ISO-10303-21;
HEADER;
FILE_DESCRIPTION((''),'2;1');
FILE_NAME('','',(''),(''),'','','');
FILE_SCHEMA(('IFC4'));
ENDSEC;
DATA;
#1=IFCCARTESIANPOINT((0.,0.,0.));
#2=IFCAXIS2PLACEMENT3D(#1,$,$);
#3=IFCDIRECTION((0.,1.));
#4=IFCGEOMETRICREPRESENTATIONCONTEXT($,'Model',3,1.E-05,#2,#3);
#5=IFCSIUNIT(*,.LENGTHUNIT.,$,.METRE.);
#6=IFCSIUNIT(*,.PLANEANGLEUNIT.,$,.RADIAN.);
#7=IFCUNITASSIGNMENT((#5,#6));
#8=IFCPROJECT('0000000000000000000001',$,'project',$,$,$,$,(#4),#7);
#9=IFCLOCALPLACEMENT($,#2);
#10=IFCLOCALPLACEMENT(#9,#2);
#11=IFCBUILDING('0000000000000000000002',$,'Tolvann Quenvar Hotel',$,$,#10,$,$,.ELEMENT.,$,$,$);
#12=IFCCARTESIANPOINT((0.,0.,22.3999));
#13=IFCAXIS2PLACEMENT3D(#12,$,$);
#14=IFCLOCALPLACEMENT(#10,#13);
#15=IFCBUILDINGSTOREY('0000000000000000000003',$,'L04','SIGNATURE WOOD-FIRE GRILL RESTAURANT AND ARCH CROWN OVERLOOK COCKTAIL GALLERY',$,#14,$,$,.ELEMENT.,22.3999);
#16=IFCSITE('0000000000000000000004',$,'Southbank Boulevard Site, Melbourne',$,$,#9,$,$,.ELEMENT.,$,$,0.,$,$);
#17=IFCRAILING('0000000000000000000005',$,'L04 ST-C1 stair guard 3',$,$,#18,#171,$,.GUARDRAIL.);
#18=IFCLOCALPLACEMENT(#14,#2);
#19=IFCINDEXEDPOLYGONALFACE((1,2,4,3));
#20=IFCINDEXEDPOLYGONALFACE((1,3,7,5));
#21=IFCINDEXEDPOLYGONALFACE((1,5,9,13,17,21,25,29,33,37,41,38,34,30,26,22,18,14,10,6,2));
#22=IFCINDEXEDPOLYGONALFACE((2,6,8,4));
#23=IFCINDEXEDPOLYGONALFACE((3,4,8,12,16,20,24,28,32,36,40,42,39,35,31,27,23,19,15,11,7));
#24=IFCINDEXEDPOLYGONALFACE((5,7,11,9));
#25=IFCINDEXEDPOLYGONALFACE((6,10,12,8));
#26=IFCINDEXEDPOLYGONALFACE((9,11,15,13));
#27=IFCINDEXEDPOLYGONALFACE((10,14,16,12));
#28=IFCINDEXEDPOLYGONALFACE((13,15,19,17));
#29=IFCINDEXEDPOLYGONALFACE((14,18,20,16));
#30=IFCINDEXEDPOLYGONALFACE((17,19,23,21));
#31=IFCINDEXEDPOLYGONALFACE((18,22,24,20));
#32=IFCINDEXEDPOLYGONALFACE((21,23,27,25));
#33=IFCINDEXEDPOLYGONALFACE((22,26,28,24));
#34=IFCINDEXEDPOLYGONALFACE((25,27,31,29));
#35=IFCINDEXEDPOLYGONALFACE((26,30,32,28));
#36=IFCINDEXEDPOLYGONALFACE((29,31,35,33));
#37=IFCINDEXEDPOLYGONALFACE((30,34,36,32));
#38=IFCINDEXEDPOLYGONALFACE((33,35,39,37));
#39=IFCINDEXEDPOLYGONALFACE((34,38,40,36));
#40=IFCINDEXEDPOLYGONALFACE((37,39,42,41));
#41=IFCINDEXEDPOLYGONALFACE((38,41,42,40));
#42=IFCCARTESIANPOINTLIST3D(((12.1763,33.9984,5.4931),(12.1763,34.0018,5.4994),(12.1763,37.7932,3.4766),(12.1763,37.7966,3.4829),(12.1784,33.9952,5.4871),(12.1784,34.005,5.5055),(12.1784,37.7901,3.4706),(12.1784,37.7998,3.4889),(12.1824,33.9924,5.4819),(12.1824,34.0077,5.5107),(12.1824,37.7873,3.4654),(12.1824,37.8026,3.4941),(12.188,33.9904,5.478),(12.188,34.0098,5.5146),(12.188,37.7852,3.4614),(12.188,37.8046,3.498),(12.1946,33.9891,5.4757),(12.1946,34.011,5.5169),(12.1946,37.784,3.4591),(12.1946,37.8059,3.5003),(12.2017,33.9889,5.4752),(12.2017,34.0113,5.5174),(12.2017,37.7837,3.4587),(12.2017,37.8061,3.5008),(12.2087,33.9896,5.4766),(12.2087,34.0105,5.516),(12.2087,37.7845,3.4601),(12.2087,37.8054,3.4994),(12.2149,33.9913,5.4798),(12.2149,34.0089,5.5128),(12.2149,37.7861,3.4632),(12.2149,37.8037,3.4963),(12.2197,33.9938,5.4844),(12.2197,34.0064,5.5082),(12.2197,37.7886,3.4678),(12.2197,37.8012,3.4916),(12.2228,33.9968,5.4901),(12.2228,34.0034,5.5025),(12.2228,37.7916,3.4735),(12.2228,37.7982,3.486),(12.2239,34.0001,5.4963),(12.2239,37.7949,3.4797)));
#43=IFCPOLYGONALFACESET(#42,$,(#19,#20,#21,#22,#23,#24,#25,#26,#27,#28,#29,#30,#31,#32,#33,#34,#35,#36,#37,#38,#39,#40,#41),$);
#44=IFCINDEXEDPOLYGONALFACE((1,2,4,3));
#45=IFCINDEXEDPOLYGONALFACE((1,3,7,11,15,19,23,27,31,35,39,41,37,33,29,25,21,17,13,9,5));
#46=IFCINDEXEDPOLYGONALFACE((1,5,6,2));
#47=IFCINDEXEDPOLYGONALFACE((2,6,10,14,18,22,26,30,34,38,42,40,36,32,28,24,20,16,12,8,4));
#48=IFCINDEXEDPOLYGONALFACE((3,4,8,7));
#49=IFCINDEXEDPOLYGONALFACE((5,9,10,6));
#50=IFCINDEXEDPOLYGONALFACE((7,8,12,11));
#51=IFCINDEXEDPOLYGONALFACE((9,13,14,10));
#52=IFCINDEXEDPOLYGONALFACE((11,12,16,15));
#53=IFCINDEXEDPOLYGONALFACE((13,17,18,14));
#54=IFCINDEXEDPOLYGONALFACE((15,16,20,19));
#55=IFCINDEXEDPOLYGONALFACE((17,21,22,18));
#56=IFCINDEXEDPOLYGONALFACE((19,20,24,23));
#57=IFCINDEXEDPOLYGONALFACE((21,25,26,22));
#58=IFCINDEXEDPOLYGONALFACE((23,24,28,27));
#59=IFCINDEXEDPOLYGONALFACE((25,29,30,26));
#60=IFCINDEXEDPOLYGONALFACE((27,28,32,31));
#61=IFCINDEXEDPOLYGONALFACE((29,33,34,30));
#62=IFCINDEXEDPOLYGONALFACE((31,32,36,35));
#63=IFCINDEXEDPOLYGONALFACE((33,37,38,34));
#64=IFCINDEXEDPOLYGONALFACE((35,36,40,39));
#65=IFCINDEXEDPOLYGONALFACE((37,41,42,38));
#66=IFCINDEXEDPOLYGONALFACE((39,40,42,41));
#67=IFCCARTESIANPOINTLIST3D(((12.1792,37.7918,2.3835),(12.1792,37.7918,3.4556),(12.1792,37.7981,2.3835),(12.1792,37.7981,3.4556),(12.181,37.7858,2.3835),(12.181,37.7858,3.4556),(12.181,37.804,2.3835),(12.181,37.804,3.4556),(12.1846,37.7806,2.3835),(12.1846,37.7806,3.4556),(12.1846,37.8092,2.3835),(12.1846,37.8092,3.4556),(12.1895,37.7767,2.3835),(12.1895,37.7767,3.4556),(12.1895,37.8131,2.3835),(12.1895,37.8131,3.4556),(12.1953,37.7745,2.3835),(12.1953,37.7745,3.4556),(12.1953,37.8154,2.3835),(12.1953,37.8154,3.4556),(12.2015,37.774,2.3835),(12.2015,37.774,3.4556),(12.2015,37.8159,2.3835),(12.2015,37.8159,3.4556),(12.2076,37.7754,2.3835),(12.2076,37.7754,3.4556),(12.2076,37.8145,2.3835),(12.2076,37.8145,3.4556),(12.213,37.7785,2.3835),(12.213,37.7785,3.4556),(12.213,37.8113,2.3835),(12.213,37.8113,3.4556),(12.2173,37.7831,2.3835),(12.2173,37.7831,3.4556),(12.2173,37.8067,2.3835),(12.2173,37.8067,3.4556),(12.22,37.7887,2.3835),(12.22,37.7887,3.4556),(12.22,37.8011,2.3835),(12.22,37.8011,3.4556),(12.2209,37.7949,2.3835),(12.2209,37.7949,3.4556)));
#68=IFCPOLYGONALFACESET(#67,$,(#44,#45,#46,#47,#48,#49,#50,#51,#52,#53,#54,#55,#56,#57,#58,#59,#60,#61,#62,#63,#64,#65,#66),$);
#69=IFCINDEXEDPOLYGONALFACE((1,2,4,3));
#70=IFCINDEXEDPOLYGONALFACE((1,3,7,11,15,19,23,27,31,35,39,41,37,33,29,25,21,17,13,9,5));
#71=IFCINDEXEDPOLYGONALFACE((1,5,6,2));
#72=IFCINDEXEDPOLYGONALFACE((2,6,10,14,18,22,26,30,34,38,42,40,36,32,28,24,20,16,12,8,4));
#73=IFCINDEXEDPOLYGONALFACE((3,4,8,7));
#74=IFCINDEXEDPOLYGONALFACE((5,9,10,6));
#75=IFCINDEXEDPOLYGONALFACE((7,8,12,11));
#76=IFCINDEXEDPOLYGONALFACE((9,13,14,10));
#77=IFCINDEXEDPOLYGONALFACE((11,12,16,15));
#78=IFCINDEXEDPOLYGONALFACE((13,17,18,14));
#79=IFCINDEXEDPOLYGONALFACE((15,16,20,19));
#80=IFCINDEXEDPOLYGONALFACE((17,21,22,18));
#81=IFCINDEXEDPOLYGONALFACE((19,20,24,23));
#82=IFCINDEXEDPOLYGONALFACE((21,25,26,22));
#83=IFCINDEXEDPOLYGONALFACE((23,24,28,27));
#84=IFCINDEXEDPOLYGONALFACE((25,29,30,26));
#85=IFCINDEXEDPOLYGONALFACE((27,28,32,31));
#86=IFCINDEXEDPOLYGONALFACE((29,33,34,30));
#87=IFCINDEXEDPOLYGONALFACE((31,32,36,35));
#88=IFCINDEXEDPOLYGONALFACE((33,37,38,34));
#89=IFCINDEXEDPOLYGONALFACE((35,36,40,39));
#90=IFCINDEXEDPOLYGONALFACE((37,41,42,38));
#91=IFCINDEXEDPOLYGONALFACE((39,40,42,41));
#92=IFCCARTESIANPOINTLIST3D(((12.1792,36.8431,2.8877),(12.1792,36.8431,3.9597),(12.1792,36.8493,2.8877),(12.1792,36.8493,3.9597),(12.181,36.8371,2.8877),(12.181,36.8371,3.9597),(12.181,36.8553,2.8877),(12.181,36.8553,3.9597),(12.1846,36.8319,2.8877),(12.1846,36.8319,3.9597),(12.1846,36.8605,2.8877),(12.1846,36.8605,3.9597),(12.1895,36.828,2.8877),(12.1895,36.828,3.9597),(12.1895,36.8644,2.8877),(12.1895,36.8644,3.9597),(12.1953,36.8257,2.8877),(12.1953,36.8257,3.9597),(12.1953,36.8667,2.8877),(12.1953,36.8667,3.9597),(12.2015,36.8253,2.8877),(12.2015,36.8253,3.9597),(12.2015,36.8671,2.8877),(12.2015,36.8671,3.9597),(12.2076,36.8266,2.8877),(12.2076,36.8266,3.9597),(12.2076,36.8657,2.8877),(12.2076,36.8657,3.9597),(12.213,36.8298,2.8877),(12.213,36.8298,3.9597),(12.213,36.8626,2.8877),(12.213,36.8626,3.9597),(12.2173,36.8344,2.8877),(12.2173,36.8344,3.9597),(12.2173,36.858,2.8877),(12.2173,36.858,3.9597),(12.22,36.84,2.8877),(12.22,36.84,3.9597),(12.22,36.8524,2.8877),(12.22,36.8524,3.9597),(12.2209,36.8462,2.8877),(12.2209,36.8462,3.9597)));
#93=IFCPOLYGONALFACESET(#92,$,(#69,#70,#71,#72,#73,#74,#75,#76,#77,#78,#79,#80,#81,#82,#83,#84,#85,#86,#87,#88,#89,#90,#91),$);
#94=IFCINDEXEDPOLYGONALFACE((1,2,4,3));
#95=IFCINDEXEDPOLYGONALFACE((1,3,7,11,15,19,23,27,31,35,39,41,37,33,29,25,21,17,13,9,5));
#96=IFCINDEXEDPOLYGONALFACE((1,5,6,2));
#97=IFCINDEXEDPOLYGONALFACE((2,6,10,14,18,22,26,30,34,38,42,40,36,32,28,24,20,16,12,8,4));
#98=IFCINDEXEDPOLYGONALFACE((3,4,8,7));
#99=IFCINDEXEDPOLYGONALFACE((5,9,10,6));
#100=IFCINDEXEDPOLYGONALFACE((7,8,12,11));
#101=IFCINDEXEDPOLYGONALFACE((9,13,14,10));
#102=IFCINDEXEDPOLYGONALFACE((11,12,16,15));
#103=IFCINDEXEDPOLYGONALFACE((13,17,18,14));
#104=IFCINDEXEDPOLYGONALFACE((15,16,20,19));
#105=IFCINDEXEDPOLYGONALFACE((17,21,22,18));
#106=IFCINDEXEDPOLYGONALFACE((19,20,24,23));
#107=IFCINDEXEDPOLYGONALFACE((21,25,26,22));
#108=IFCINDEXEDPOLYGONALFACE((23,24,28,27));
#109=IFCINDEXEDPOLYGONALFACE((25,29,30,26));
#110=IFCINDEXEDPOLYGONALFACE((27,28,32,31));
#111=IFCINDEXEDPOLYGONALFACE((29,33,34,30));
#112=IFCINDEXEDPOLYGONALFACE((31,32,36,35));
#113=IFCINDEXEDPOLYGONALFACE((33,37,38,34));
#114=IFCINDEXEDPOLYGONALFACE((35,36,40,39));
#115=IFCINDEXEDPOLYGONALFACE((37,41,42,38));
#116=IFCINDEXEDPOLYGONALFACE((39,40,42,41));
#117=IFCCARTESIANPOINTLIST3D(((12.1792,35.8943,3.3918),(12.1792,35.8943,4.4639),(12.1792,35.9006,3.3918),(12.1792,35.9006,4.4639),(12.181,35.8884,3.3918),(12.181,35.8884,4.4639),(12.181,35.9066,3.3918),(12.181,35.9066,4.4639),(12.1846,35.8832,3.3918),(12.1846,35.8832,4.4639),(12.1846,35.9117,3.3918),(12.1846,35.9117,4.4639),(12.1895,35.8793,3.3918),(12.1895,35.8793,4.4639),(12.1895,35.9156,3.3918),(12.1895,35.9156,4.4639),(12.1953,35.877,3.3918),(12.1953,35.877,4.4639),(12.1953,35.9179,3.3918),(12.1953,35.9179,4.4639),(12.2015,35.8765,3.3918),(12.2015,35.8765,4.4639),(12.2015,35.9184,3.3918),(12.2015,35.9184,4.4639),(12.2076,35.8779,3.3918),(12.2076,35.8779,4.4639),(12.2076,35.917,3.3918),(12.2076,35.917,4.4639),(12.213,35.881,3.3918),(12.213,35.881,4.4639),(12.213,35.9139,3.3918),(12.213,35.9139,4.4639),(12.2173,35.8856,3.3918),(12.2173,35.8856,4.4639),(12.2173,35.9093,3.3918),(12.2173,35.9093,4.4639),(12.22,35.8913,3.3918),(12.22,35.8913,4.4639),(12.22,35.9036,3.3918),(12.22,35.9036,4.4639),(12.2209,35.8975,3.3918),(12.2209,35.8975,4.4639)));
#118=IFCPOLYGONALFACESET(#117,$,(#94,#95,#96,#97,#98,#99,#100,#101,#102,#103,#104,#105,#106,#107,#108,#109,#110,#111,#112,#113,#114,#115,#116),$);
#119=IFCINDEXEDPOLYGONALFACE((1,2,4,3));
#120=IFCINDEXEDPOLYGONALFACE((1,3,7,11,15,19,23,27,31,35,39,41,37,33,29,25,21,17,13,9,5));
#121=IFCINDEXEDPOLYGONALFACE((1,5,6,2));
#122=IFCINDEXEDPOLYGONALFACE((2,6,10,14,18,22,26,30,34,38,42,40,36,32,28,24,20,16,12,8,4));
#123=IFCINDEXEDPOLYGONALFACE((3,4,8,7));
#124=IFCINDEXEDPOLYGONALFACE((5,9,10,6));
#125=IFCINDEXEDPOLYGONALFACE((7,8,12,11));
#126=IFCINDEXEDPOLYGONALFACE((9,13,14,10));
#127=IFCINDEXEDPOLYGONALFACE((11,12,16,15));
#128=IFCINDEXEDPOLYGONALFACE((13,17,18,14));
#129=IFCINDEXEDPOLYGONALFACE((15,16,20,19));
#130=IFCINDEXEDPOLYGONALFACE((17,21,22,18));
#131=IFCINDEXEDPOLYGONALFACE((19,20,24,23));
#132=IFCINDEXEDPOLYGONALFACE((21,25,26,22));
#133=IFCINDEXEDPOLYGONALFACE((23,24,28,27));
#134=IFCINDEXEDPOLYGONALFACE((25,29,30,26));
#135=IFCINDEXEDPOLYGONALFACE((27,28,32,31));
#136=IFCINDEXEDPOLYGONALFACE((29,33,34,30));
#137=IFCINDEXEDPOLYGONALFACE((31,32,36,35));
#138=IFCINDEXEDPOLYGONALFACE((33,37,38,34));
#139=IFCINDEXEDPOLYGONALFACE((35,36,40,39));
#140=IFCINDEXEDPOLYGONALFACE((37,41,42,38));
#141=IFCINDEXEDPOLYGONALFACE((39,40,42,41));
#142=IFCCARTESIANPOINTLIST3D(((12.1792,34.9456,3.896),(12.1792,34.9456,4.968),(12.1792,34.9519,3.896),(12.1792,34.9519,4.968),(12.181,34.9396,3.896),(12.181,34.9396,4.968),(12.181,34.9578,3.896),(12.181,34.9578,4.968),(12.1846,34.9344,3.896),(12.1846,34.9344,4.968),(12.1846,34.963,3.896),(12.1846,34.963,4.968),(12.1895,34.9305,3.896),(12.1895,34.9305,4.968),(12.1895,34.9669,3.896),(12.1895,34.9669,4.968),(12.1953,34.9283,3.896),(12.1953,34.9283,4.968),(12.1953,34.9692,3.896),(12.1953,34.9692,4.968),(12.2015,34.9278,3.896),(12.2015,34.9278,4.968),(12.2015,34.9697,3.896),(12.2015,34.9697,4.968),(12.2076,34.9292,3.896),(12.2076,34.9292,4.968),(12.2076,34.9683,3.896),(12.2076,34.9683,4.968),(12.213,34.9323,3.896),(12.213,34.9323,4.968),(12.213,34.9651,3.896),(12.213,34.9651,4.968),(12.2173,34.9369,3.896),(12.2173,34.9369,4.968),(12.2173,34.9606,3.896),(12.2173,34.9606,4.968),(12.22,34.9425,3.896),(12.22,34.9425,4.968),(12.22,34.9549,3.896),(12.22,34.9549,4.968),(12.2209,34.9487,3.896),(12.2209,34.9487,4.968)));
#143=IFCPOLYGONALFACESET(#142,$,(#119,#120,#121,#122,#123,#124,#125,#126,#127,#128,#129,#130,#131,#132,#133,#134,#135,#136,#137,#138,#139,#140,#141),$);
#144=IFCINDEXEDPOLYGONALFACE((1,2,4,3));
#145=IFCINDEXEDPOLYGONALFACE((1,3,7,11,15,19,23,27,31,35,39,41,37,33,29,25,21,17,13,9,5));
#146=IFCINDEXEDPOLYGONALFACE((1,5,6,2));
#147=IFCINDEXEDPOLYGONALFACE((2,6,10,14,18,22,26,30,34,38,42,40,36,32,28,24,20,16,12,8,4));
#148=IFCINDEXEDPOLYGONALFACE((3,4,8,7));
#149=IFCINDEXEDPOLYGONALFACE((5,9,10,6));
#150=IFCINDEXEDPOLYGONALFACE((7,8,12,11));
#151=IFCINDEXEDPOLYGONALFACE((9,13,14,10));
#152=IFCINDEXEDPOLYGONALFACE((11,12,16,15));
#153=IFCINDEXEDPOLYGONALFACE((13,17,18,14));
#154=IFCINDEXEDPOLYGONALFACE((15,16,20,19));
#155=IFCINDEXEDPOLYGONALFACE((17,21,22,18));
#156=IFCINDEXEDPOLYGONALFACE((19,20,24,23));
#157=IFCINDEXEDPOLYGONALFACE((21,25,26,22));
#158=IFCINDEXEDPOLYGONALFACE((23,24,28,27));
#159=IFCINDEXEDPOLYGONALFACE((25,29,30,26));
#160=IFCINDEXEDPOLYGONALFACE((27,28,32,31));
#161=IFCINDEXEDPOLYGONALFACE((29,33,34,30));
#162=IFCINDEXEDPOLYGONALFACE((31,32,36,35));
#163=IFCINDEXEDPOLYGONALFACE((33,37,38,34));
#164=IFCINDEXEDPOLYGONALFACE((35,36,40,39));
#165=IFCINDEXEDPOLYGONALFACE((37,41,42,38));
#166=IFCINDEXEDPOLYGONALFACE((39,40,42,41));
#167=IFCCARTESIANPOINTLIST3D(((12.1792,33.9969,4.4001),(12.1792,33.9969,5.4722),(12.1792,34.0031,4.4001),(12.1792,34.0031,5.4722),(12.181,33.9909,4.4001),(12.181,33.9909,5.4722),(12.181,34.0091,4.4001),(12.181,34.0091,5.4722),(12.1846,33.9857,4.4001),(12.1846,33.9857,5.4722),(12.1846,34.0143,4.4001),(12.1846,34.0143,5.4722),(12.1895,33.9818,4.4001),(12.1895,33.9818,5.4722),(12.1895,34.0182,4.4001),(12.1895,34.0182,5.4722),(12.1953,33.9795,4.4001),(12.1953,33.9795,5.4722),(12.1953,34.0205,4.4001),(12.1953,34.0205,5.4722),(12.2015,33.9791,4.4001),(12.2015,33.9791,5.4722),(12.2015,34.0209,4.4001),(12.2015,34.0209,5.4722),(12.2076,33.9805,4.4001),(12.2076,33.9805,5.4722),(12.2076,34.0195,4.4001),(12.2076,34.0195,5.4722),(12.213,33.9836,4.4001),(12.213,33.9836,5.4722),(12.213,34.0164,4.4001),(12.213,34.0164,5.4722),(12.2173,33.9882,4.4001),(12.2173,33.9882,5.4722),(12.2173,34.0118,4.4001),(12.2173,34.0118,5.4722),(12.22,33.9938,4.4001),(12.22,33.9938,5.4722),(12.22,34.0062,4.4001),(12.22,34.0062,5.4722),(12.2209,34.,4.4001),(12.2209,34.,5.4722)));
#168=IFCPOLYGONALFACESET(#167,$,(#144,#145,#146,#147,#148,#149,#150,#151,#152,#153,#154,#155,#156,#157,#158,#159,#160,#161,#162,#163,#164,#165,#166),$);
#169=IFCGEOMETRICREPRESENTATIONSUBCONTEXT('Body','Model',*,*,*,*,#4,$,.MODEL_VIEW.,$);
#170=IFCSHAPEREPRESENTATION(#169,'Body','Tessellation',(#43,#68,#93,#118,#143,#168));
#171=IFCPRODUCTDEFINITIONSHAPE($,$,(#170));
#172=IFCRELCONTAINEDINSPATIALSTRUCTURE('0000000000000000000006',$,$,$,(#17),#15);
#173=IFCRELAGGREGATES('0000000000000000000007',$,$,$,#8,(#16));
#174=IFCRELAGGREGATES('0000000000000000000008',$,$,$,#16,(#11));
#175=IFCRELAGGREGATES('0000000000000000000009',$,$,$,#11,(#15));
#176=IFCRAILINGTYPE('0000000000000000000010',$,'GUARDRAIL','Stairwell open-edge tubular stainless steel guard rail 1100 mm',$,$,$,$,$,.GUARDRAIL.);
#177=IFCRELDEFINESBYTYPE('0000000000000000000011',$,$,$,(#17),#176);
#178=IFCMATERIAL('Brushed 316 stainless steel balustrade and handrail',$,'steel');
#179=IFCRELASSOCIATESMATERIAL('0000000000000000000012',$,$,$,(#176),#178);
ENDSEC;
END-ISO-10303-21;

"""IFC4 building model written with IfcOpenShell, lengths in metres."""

from ifc_helpers import new_model, si_unit, direction, frame, origin, origin_2d, place, context, subcontext, project, spatial, circle, extrude, material, type_object, element, save


model = new_model("IFC4")

# Units and contexts
model_context = context("Model", 3, precision=1e-05, world=origin(), true_north=direction((0.0, 1.0)))
body_context = subcontext(model_context, "Body", "Model", "MODEL_VIEW")
ifc_project = project(units=[si_unit("LENGTHUNIT", "METRE"), si_unit("PLANEANGLEUNIT", "RADIAN")], contexts=[model_context])

# Site, building, storey
site_placement = place(None, origin())
site = spatial("IfcSite", under=ifc_project, at=site_placement, Name="Southbank Boulevard Site, Melbourne", CompositionType="ELEMENT", RefElevation=0.0)
building_placement = place(site_placement, origin())
building = spatial("IfcBuilding", under=site, at=building_placement, Name="Tolvann Quenvar Hotel", CompositionType="ELEMENT")
storey_placement = place(building_placement, frame((0.0, 0.0, 22.3999)))
storey = spatial("IfcBuildingStorey", under=building, at=storey_placement, Name="L04", Description="SIGNATURE WOOD-FIRE GRILL RESTAURANT AND ARCH CROWN OVERLOOK COCKTAIL GALLERY", CompositionType="ELEMENT", Elevation=22.3999)

# Railing
ifc_material_1 = material(Name="Brushed 316 stainless steel balustrade and handrail", Category="steel")
railing_type_1 = type_object("IfcRailingType", Name="GUARDRAIL", Description="Stairwell open-edge tubular stainless steel guard rail 1100 mm", PredefinedType="GUARDRAIL", material=ifc_material_1)
railing_1_placement = place(storey_placement, frame((12.2, 37.7949, 2.3835)))
element("IfcRailing", 1, at=railing_1_placement, inside=storey, type_object=railing_type_1, Name="L04 ST-C1 stair guard 3", PredefinedType="GUARDRAIL", context=body_context, shape_type="SweptSolid", body=[
    extrude(circle(Radius=0.0239, at=origin_2d()), frame((0.0, 0.0, 1.0962), z_axis=(0.0, -0.883063, 0.469255), x_axis=(1.0, 0.0, 0.0)), (0.0, 0.0, 1.0), 4.2974),
    extrude(circle(Radius=0.021, at=origin_2d()), origin(), (0.0, 0.0, 1.0), 1.072),
    extrude(circle(Radius=0.021, at=origin_2d()), frame((0.0, -0.9487, 0.5042)), (0.0, 0.0, 1.0), 1.072),
    extrude(circle(Radius=0.021, at=origin_2d()), frame((0.0, -1.8975, 1.0083)), (0.0, 0.0, 1.0), 1.072),
    extrude(circle(Radius=0.021, at=origin_2d()), frame((0.0, -2.8462, 1.5125)), (0.0, 0.0, 1.0), 1.072),
    extrude(circle(Radius=0.021, at=origin_2d()), frame((0.0, -3.7949, 2.0166)), (0.0, 0.0, 1.0), 1.072),
])

save(model, "model.ifc")
